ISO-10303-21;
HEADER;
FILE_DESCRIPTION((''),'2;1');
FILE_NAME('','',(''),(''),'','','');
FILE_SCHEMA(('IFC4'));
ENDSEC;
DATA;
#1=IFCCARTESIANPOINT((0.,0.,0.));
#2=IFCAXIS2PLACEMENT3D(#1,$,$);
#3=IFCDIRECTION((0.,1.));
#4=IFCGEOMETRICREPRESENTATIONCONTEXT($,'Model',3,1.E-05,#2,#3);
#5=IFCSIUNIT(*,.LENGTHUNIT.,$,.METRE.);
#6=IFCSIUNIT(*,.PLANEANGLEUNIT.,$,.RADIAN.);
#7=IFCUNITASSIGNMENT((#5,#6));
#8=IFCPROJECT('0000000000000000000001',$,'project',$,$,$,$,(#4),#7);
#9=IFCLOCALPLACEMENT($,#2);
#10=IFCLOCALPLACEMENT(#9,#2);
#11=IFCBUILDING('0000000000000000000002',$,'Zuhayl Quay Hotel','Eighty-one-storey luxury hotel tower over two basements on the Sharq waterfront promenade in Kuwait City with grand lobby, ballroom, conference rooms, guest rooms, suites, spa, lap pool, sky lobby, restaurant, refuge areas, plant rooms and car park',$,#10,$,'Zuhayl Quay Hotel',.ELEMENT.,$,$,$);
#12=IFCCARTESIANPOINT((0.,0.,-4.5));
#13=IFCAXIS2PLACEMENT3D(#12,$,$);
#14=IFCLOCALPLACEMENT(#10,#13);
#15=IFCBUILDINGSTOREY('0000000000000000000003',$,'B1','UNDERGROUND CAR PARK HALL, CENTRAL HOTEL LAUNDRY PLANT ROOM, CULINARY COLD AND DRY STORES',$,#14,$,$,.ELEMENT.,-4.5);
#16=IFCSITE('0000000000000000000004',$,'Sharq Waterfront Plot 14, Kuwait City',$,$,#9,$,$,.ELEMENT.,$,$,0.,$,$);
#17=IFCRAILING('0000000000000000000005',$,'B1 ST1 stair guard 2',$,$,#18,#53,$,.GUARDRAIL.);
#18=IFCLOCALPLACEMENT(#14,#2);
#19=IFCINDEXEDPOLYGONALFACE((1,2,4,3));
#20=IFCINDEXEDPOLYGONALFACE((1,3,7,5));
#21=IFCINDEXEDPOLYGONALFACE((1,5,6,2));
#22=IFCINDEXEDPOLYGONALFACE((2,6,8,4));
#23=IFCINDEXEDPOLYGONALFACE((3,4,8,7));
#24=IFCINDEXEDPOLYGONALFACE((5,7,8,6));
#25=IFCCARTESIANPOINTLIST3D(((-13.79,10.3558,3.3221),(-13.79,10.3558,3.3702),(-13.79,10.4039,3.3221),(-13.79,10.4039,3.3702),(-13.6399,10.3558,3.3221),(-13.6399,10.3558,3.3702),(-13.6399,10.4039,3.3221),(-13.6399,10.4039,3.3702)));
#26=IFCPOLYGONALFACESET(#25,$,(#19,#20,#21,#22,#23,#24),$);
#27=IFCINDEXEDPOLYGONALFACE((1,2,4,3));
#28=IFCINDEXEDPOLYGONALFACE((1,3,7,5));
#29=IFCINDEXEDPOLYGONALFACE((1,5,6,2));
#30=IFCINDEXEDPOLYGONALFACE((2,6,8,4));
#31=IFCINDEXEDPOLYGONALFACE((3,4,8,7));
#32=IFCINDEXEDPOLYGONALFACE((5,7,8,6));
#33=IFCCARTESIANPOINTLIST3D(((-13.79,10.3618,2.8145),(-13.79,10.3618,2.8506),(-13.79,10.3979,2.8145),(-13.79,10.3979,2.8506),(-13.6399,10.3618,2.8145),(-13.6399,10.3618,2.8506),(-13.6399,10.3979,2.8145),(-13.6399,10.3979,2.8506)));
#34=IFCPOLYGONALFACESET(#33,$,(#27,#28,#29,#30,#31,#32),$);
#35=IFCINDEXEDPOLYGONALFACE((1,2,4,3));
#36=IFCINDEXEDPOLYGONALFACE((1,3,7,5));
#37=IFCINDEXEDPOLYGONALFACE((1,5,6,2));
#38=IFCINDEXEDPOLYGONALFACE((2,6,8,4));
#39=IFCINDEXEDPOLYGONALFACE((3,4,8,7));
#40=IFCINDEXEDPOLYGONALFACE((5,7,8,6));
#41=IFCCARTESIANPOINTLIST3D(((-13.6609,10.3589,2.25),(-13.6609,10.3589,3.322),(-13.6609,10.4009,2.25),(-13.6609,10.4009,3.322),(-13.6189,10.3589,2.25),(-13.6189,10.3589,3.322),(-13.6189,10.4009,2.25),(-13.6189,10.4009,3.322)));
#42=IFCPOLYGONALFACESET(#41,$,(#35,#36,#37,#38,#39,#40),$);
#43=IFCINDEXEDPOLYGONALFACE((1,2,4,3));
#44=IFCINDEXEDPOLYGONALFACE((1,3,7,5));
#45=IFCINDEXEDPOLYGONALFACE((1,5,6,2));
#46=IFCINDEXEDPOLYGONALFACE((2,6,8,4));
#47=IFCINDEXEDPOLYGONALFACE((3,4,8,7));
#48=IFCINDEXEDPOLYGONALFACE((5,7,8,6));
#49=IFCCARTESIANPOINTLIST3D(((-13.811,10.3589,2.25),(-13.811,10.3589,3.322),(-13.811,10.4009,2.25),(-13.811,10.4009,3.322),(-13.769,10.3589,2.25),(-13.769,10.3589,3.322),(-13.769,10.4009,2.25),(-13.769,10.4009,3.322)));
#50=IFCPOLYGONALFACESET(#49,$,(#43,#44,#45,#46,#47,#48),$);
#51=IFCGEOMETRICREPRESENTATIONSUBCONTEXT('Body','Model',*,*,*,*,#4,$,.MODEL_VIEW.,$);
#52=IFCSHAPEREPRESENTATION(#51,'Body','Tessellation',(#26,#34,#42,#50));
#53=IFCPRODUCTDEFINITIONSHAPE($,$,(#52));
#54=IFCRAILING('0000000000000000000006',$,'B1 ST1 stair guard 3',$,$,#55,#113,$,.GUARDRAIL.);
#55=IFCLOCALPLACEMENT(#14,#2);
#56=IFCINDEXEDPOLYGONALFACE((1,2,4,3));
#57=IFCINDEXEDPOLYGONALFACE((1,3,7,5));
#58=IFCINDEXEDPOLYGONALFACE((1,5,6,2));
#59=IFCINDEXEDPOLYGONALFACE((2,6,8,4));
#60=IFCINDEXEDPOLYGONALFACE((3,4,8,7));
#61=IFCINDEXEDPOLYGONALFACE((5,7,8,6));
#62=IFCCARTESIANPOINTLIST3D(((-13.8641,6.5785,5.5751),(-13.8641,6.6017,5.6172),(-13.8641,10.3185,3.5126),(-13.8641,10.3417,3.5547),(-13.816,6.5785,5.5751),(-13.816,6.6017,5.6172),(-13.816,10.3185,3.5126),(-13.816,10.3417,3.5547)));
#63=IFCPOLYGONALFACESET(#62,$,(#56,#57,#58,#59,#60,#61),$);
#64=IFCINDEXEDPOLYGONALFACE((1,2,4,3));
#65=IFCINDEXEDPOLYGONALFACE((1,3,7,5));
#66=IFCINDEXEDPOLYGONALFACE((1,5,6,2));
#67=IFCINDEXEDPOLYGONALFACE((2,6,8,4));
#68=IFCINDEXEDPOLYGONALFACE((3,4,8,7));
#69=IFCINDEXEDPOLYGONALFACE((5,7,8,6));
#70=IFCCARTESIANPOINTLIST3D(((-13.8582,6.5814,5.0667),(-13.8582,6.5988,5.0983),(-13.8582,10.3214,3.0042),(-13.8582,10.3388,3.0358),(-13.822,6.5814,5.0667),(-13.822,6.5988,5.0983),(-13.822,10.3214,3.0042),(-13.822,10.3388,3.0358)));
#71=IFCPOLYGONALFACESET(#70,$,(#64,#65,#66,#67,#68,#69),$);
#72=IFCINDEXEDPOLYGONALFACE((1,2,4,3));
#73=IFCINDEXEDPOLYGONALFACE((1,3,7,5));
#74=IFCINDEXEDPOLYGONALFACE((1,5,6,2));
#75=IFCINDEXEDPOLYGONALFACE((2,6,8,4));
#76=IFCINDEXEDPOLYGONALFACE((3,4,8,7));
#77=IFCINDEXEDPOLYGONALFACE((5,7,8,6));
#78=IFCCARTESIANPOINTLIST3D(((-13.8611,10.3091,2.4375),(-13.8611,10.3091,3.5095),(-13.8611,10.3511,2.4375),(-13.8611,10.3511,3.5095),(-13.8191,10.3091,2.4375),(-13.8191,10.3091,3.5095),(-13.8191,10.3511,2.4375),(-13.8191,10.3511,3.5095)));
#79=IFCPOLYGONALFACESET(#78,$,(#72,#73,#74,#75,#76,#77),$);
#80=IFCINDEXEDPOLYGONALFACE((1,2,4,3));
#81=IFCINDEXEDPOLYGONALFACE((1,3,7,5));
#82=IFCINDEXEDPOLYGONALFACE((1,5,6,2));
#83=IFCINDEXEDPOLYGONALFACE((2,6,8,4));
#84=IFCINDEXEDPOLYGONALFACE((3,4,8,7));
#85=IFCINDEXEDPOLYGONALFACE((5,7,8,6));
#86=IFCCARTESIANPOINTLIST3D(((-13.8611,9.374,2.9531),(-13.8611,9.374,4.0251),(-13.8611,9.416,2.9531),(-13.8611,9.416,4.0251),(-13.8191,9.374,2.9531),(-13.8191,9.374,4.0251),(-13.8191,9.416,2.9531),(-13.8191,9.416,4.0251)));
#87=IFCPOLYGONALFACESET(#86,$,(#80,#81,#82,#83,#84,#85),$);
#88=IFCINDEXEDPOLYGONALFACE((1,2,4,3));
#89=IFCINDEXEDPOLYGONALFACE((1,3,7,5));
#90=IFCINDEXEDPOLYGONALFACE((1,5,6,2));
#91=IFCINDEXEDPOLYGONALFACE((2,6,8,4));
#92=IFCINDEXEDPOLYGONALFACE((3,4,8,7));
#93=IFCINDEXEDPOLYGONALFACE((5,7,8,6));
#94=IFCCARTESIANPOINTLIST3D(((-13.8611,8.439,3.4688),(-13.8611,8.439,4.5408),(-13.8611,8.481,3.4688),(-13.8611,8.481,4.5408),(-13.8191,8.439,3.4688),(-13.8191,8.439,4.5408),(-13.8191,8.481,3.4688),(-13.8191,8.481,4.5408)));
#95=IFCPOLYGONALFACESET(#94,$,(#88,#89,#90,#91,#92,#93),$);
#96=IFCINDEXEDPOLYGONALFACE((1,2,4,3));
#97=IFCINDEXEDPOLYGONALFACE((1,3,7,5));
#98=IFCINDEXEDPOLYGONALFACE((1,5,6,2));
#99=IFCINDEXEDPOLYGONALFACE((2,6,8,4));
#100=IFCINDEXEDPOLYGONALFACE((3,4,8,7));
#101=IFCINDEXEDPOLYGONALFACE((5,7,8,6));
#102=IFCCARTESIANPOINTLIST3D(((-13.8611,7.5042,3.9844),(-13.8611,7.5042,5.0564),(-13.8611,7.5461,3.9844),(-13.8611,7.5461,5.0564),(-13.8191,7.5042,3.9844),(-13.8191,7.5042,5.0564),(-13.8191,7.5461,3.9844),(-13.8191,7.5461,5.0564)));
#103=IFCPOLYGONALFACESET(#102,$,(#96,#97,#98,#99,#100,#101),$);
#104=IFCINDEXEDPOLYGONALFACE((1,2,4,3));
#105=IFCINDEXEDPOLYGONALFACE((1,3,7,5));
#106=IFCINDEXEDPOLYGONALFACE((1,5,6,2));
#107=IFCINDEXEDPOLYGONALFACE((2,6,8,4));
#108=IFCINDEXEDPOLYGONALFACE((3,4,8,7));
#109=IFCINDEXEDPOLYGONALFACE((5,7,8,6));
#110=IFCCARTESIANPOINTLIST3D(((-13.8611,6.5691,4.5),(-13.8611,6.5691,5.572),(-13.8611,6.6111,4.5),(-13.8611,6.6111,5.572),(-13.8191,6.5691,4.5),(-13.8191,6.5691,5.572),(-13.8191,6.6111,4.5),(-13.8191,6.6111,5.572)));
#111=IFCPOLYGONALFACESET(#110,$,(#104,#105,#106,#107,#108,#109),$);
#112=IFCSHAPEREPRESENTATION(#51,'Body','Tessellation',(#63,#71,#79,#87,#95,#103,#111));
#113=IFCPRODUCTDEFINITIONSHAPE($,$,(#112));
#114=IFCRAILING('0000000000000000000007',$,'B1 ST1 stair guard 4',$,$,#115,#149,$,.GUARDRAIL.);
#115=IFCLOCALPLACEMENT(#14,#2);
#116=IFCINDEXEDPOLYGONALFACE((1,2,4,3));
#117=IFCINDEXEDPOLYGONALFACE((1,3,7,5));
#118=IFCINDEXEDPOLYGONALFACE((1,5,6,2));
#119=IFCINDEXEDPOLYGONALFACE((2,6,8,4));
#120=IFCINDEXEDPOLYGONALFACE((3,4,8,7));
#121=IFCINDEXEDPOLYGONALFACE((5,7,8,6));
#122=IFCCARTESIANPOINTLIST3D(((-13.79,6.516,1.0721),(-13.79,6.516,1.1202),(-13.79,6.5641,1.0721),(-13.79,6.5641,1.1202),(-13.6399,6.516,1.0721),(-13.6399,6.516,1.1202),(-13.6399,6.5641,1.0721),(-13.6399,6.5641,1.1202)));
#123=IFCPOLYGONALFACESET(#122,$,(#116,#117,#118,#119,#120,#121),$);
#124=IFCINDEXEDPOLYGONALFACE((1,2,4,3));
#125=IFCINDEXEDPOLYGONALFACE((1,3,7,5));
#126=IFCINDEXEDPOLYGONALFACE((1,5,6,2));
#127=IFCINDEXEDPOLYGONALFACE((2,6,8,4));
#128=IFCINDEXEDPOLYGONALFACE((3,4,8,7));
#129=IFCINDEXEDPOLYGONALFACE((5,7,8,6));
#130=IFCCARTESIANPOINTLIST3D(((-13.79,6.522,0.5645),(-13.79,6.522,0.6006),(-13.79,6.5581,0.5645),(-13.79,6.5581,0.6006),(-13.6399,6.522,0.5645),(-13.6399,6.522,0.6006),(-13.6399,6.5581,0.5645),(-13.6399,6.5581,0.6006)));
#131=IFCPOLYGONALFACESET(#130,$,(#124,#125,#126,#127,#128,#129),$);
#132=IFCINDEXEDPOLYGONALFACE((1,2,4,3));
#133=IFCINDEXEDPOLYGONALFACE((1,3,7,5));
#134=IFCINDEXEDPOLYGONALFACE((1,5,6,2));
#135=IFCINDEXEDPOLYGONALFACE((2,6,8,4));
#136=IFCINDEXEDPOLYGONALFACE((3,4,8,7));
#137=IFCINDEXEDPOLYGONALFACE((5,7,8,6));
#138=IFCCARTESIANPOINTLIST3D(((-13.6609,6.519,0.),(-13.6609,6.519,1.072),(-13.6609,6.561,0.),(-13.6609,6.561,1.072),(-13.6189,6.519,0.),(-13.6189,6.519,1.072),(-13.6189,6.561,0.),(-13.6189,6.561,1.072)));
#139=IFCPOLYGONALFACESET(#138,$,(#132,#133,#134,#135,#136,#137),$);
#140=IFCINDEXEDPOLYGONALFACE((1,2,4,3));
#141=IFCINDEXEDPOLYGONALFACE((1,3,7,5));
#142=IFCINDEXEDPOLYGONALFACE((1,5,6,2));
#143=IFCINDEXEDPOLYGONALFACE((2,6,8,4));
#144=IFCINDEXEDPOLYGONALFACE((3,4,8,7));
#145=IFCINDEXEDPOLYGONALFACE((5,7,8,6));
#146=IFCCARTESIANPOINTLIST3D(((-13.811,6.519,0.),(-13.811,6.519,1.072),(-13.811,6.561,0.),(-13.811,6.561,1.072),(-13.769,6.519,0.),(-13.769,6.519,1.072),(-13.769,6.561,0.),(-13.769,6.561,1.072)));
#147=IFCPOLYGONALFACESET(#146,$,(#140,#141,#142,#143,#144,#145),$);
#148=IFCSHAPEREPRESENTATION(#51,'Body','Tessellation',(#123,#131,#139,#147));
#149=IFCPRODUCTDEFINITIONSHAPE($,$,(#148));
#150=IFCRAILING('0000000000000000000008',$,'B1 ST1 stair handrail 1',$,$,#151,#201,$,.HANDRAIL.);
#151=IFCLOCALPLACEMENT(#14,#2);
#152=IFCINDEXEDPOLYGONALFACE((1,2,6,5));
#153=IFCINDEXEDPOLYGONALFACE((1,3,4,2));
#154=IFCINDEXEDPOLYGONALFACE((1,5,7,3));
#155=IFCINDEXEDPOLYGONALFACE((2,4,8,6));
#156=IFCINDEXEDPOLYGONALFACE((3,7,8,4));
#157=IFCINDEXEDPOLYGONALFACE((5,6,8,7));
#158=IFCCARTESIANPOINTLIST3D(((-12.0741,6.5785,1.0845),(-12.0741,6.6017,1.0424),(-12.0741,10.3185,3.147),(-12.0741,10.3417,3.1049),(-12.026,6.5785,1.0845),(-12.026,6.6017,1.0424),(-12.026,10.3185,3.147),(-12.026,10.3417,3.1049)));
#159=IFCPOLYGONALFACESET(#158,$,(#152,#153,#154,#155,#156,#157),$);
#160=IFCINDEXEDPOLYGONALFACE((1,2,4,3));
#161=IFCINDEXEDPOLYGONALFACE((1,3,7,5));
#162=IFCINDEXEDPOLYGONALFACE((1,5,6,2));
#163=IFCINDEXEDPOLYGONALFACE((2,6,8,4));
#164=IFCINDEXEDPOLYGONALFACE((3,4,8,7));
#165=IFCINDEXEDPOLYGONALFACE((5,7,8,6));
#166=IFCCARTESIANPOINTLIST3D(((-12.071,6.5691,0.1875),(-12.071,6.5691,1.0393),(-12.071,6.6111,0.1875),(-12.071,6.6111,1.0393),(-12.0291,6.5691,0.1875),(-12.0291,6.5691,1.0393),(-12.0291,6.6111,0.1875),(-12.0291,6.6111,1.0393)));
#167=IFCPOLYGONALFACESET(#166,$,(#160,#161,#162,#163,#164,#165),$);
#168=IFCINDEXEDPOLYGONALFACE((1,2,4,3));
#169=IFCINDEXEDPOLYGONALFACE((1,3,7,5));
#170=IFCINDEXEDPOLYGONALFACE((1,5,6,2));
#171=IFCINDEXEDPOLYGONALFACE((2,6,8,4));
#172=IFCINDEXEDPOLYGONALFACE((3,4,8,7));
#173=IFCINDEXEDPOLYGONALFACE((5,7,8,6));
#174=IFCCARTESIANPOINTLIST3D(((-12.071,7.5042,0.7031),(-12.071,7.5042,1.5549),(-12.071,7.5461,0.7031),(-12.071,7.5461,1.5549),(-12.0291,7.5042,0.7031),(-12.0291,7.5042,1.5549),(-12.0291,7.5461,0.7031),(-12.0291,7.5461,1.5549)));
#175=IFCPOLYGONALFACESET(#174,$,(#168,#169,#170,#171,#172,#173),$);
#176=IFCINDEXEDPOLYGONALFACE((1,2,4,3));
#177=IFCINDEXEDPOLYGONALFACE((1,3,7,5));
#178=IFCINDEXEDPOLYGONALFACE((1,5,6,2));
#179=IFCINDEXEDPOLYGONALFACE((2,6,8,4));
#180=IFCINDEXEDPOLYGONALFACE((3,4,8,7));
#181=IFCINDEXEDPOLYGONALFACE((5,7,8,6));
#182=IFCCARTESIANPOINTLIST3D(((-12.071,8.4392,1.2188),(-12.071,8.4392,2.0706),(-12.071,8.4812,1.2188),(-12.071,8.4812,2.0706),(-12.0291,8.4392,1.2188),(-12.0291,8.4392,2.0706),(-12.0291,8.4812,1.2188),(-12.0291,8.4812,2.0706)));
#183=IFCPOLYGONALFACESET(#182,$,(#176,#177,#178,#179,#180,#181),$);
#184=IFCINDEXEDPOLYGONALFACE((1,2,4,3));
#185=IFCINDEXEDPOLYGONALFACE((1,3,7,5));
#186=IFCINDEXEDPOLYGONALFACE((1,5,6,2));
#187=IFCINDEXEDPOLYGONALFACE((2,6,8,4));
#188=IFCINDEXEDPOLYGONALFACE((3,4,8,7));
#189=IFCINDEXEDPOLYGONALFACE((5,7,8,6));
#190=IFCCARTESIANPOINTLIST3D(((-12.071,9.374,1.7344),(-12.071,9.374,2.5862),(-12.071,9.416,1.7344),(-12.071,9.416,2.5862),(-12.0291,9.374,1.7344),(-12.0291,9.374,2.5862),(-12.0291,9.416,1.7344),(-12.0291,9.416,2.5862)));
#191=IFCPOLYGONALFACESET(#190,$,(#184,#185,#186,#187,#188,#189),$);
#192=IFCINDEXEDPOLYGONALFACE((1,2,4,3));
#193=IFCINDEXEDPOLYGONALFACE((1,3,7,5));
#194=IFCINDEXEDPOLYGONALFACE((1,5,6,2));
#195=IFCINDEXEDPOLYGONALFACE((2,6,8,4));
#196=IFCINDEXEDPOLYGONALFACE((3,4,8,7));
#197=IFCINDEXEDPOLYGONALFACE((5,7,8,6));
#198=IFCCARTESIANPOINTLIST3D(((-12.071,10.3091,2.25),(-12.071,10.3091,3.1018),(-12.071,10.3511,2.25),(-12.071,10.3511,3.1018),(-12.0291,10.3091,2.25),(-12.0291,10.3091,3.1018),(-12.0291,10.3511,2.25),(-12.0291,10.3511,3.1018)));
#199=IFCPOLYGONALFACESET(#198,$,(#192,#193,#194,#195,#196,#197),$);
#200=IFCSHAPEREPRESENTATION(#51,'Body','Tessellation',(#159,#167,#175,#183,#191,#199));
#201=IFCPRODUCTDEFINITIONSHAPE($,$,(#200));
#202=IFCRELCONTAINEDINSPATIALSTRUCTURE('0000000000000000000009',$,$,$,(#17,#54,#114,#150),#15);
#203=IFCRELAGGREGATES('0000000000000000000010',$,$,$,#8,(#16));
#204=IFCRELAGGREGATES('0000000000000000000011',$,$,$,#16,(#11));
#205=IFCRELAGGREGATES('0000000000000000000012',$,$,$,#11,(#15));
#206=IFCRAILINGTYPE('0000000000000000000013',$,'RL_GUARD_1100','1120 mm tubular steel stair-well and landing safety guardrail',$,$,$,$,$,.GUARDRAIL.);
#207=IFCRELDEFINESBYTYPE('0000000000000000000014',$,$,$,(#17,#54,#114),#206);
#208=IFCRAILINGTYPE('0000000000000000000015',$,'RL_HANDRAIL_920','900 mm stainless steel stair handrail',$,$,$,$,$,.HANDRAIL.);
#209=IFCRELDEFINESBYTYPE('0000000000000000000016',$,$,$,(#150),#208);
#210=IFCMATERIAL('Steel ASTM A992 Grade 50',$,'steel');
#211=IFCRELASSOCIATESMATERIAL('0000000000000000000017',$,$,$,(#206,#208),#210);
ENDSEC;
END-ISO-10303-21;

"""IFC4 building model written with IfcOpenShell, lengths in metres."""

from ifc_helpers import new_model, si_unit, direction, frame, origin, origin_2d, place, context, subcontext, project, spatial, rectangle, extrude, material, type_object, element, save


model = new_model("IFC4")

# Units and contexts
model_context = context("Model", 3, precision=1e-05, world=origin(), true_north=direction((0.0, 1.0)))
body_context = subcontext(model_context, "Body", "Model", "MODEL_VIEW")
ifc_project = project(units=[si_unit("LENGTHUNIT", "METRE"), si_unit("PLANEANGLEUNIT", "RADIAN")], contexts=[model_context])

# Site, building, storey
site_placement = place(None, origin())
site = spatial("IfcSite", under=ifc_project, at=site_placement, Name="Sharq Waterfront Plot 14, Kuwait City", CompositionType="ELEMENT", RefElevation=0.0)
building_placement = place(site_placement, origin())
building = spatial("IfcBuilding", under=site, at=building_placement, Name="Zuhayl Quay Hotel", Description="Eighty-one-storey luxury hotel tower over two basements on the Sharq waterfront promenade in Kuwait City with grand lobby, ballroom, conference rooms, guest rooms, suites, spa, lap pool, sky lobby, restaurant, refuge areas, plant rooms and car park", LongName="Zuhayl Quay Hotel", CompositionType="ELEMENT")
storey_placement = place(building_placement, frame((0.0, 0.0, -4.5)))
storey = spatial("IfcBuildingStorey", under=building, at=storey_placement, Name="B1", Description="UNDERGROUND CAR PARK HALL, CENTRAL HOTEL LAUNDRY PLANT ROOM, CULINARY COLD AND DRY STORES", CompositionType="ELEMENT", Elevation=-4.5)

# Shared definitions
ifc_material_1 = material(Name="Steel ASTM A992 Grade 50", Category="steel")

# Railings
railing_type_1 = type_object("IfcRailingType", Name="RL_GUARD_1100", Description="1120 mm tubular steel stair-well and landing safety guardrail", PredefinedType="GUARDRAIL", material=ifc_material_1)
railing_1_placement = place(storey_placement, frame((-13.6399, 10.3799, 2.25)))
element("IfcRailing", 1, at=railing_1_placement, inside=storey, type_object=railing_type_1, Name="B1 ST1 stair guard 2", PredefinedType="GUARDRAIL", context=body_context, shape_type="SweptSolid", body=[
    extrude(rectangle(XDim=0.0481, YDim=0.0481, at=origin_2d()), frame((0.0, 0.0, 1.0962), z_axis=(-1.0, 0.0, 0.0), x_axis=(0.0, -1.0, 0.0)), (0.0, 0.0, 1.0), 0.1501),
    extrude(rectangle(XDim=0.0361, YDim=0.0361, at=origin_2d()), frame((0.0, 0.0, 0.5825), z_axis=(-1.0, 0.0, 0.0), x_axis=(0.0, -1.0, 0.0)), (0.0, 0.0, 1.0), 0.1501),
    extrude(rectangle(XDim=0.042, YDim=0.042, at=origin_2d()), origin(), (0.0, 0.0, 1.0), 1.072),
    extrude(rectangle(XDim=0.042, YDim=0.042, at=origin_2d()), frame((-0.1501, 0.0, 0.0)), (0.0, 0.0, 1.0), 1.072),
])
railing_2_placement = place(storey_placement, frame((-13.8401, 10.3301, 2.4375)))
element("IfcRailing", 2, at=railing_2_placement, inside=storey, type_object=railing_type_1, Name="B1 ST1 stair guard 3", PredefinedType="GUARDRAIL", context=body_context, shape_type="SweptSolid", body=[
    extrude(rectangle(XDim=0.0481, YDim=0.0481, at=origin_2d()), frame((0.0, 0.0, 1.0962), z_axis=(0.0, -0.875671, 0.482908), x_axis=(1.0, 0.0, 0.0)), (0.0, 0.0, 1.0), 4.271),
    extrude(rectangle(XDim=0.0361, YDim=0.0361, at=origin_2d()), frame((0.0, 0.0, 0.5825), z_axis=(0.0, -0.875671, 0.482908), x_axis=(1.0, 0.0, 0.0)), (0.0, 0.0, 1.0), 4.271),
    extrude(rectangle(XDim=0.042, YDim=0.042, at=origin_2d()), origin(), (0.0, 0.0, 1.0), 1.072),
    extrude(rectangle(XDim=0.042, YDim=0.042, at=origin_2d()), frame((0.0, -0.9351, 0.5156)), (0.0, 0.0, 1.0), 1.072),
    extrude(rectangle(XDim=0.042, YDim=0.042, at=origin_2d()), frame((0.0, -1.8701, 1.0312)), (0.0, 0.0, 1.0), 1.072),
    extrude(rectangle(XDim=0.042, YDim=0.042, at=origin_2d()), frame((0.0, -2.8049, 1.5469)), (0.0, 0.0, 1.0), 1.072),
    extrude(rectangle(XDim=0.042, YDim=0.042, at=origin_2d()), frame((0.0, -3.74, 2.0625)), (0.0, 0.0, 1.0), 1.072),
])
railing_3_placement = place(storey_placement, frame((-13.6399, 6.54, 0.0)))
element("IfcRailing", 3, at=railing_3_placement, inside=storey, type_object=railing_type_1, Name="B1 ST1 stair guard 4", PredefinedType="GUARDRAIL", context=body_context, shape_type="SweptSolid", body=[
    extrude(rectangle(XDim=0.0481, YDim=0.0481, at=origin_2d()), frame((0.0, 0.0, 1.0962), z_axis=(-1.0, 0.0, 0.0), x_axis=(0.0, -1.0, 0.0)), (0.0, 0.0, 1.0), 0.1501),
    extrude(rectangle(XDim=0.0361, YDim=0.0361, at=origin_2d()), frame((0.0, 0.0, 0.5825), z_axis=(-1.0, 0.0, 0.0), x_axis=(0.0, -1.0, 0.0)), (0.0, 0.0, 1.0), 0.1501),
    extrude(rectangle(XDim=0.042, YDim=0.042, at=origin_2d()), origin(), (0.0, 0.0, 1.0), 1.072),
    extrude(rectangle(XDim=0.042, YDim=0.042, at=origin_2d()), frame((-0.1501, 0.0, 0.0)), (0.0, 0.0, 1.0), 1.072),
])
railing_type_2 = type_object("IfcRailingType", Name="RL_HANDRAIL_920", Description="900 mm stainless steel stair handrail", PredefinedType="HANDRAIL", material=ifc_material_1)
railing_4_placement = place(storey_placement, frame((-12.05, 6.5901, 0.1875)))
element("IfcRailing", 4, at=railing_4_placement, inside=storey, type_object=railing_type_2, Name="B1 ST1 stair handrail 1", PredefinedType="HANDRAIL", context=body_context, shape_type="SweptSolid", body=[
    extrude(rectangle(XDim=0.0481, YDim=0.0481, at=origin_2d()), frame((0.0, 0.0, 0.876), z_axis=(0.0, 0.875671, 0.482908), x_axis=(-1.0, 0.0, 0.0)), (0.0, 0.0, 1.0), 4.271),
    extrude(rectangle(XDim=0.042, YDim=0.042, at=origin_2d()), origin(), (0.0, 0.0, 1.0), 0.8518),
    extrude(rectangle(XDim=0.042, YDim=0.042, at=origin_2d()), frame((0.0, 0.9351, 0.5156)), (0.0, 0.0, 1.0), 0.8518),
    extrude(rectangle(XDim=0.042, YDim=0.042, at=origin_2d()), frame((0.0, 1.8701, 1.0312)), (0.0, 0.0, 1.0), 0.8518),
    extrude(rectangle(XDim=0.042, YDim=0.042, at=origin_2d()), frame((0.0, 2.8049, 1.5469)), (0.0, 0.0, 1.0), 0.8518),
    extrude(rectangle(XDim=0.042, YDim=0.042, at=origin_2d()), frame((0.0, 3.74, 2.0625)), (0.0, 0.0, 1.0), 0.8518),
])

save(model, "model.ifc")
